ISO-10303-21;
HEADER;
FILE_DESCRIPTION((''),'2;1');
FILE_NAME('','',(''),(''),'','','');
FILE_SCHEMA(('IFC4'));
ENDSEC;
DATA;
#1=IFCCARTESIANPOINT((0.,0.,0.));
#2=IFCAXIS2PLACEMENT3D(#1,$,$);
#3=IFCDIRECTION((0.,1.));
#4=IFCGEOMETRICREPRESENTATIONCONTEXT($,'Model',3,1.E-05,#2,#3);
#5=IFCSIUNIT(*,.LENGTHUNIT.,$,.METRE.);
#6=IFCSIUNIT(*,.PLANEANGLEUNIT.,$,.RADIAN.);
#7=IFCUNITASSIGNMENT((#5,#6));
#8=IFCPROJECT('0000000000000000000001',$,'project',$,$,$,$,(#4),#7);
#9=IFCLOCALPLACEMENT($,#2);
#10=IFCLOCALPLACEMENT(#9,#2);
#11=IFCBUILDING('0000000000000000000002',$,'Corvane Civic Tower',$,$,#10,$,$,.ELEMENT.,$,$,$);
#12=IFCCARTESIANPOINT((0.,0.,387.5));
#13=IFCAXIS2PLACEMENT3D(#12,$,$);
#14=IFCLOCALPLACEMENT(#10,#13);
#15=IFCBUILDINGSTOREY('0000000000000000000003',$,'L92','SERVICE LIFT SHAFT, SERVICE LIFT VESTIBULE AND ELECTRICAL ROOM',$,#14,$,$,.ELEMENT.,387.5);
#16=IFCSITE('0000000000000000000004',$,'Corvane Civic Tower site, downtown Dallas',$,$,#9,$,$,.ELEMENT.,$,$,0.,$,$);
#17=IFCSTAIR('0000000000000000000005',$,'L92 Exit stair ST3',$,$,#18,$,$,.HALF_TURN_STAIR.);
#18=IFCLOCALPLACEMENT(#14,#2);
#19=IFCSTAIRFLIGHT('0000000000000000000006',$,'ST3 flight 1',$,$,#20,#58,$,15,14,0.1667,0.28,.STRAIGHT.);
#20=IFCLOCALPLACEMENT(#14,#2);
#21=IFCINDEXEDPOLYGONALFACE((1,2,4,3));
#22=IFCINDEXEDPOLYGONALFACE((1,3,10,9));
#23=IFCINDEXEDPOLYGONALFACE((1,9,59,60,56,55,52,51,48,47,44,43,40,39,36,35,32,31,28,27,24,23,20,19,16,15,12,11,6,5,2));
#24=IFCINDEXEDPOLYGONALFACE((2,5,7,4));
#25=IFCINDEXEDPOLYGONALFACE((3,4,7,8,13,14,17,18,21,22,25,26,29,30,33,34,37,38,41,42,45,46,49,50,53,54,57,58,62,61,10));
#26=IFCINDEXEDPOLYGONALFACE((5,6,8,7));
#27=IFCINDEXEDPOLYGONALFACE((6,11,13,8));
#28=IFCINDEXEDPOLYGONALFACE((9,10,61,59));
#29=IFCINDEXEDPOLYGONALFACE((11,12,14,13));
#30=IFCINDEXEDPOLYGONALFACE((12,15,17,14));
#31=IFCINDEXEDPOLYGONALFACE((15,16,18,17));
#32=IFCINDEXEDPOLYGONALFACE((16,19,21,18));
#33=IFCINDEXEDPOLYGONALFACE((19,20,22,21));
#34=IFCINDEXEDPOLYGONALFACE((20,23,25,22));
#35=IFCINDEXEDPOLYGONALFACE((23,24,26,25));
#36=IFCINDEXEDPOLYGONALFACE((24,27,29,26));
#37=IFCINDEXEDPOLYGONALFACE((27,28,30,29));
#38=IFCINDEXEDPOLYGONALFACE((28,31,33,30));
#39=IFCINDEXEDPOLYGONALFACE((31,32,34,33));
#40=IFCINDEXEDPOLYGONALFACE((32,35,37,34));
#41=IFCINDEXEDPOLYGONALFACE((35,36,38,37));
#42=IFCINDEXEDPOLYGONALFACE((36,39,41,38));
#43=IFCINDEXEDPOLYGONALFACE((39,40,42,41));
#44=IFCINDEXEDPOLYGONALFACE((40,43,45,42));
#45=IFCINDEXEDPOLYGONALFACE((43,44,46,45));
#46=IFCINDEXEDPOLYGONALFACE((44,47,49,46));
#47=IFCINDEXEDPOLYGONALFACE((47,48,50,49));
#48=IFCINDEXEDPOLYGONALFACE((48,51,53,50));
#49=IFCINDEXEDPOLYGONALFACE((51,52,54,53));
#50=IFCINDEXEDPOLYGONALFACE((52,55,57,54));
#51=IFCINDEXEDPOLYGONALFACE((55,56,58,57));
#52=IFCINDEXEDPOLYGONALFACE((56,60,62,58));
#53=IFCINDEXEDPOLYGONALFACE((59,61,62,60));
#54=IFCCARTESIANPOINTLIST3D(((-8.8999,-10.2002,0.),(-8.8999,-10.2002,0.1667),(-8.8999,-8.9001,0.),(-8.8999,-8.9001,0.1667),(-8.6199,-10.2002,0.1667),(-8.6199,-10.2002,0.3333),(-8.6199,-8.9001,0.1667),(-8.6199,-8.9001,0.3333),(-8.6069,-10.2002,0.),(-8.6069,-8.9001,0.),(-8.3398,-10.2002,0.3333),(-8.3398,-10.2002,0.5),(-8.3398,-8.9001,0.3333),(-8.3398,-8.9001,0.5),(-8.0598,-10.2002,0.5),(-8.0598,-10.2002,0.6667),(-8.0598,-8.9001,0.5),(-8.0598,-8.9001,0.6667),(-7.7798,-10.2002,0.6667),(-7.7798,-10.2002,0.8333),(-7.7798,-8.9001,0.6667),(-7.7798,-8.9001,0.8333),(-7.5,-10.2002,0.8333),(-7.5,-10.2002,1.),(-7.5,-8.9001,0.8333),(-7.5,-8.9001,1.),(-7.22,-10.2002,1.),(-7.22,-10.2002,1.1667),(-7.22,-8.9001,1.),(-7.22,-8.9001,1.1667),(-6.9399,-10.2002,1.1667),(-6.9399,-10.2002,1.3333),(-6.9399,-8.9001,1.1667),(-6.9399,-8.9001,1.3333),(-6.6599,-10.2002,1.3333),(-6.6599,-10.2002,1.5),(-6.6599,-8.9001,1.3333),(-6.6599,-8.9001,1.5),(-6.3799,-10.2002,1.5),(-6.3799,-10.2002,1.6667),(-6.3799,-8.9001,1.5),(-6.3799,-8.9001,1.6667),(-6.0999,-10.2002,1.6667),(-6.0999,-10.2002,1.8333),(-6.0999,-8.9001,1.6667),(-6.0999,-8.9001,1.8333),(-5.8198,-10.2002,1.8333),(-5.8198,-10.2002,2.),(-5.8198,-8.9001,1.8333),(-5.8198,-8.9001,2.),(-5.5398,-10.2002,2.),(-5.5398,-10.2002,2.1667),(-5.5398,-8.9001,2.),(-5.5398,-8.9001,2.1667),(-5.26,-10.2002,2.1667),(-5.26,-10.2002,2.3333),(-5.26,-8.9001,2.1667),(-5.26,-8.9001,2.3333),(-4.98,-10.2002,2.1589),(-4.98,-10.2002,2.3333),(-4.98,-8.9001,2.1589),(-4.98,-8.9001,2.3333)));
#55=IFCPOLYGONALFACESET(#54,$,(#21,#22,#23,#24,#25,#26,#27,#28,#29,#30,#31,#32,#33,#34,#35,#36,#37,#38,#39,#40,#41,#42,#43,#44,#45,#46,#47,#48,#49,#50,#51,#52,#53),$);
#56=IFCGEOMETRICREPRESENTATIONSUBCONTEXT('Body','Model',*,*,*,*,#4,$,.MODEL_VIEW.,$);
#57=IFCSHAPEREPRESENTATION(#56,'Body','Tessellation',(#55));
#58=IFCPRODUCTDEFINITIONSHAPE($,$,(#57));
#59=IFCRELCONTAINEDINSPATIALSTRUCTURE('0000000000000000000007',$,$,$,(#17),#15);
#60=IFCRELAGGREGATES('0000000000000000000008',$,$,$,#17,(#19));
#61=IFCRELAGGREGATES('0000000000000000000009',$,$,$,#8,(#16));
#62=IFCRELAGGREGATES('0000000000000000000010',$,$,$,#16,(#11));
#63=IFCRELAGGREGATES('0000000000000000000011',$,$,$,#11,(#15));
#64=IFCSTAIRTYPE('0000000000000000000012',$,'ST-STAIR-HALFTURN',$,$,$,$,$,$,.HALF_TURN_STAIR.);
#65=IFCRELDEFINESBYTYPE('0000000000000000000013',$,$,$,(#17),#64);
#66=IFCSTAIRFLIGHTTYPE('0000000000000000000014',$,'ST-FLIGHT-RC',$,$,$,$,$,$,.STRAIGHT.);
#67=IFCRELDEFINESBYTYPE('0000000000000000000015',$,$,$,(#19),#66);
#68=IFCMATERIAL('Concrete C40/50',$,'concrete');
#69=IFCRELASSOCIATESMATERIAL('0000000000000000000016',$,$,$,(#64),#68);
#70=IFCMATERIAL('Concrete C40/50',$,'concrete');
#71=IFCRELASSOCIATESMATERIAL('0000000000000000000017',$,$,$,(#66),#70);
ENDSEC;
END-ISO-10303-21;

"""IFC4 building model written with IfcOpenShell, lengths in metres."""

from ifc_helpers import new_model, si_unit, direction, frame, origin, place, context, subcontext, project, spatial, polyline, outline, extrude, material, type_object, element, aggregate, save


model = new_model("IFC4")

# Units and contexts
model_context = context("Model", 3, precision=1e-05, world=origin(), true_north=direction((0.0, 1.0)))
body_context = subcontext(model_context, "Body", "Model", "MODEL_VIEW")
ifc_project = project(units=[si_unit("LENGTHUNIT", "METRE"), si_unit("PLANEANGLEUNIT", "RADIAN")], contexts=[model_context])

# Site, building, storey
site_placement = place(None, origin())
site = spatial("IfcSite", under=ifc_project, at=site_placement, Name="Corvane Civic Tower site, downtown Dallas", CompositionType="ELEMENT", RefElevation=0.0)
building_placement = place(site_placement, origin())
building = spatial("IfcBuilding", under=site, at=building_placement, Name="Corvane Civic Tower", CompositionType="ELEMENT")
storey_placement = place(building_placement, frame((0.0, 0.0, 387.5)))
storey = spatial("IfcBuildingStorey", under=building, at=storey_placement, Name="L92", Description="SERVICE LIFT SHAFT, SERVICE LIFT VESTIBULE AND ELECTRICAL ROOM", CompositionType="ELEMENT", Elevation=387.5)

# Stair, stair flight
ifc_material_1 = material(Name="Concrete C40/50", Category="concrete")
stair_type = type_object("IfcStairType", Name="ST-STAIR-HALFTURN", PredefinedType="HALF_TURN_STAIR", material=ifc_material_1)
stair_placement = place(storey_placement, origin())
stair = element("IfcStair", 1, at=stair_placement, inside=storey, type_object=stair_type, Name="L92 Exit stair ST3", PredefinedType="HALF_TURN_STAIR")
ifc_material_2 = material(Name="Concrete C40/50", Category="concrete")
stair_flight_type = type_object("IfcStairFlightType", Name="ST-FLIGHT-RC", PredefinedType="STRAIGHT", material=ifc_material_2)
stair_flight_placement = place(storey_placement, frame((-8.8999, -9.55, 0.0), z_axis=(0.0, 0.0, 1.0), x_axis=(1.0, 0.0, 0.0)))
stair_flight = element("IfcStairFlight", 2, at=stair_flight_placement, type_object=stair_flight_type, Name="ST3 flight 1", NumberOfRisers=15, NumberOfTreads=14, PredefinedType="STRAIGHT", RiserHeight=0.1667, TreadLength=0.28, context=body_context, shape_type="SweptSolid", body=[
    extrude(outline(polyline([(0.0, 0.0), (0.0, 0.1667), (0.28, 0.1667), (0.28, 0.3333), (0.5601, 0.3333), (0.5601, 0.5), (0.8401, 0.5), (0.8401, 0.6667), (1.1201, 0.6667), (1.1201, 0.8333), (1.3999, 0.8333), (1.3999, 1.0), (1.6799, 1.0), (1.6799, 1.1667), (1.96, 1.1667), (1.96, 1.3333), (2.24, 1.3333), (2.24, 1.5), (2.52, 1.5), (2.52, 1.6667), (2.8, 1.6667), (2.8, 1.8333), (3.0801, 1.8333), (3.0801, 2.0), (3.3601, 2.0), (3.3601, 2.1667), (3.6399, 2.1667), (3.6399, 2.3333), (3.9199, 2.3333), (3.9199, 2.5), (3.9199, 2.1589), (0.293, 0.0), (0.0, 0.0)])), frame((0.0, 0.6499, 0.0), z_axis=(0.0, -1.0, 0.0), x_axis=(1.0, 0.0, 0.0)), (0.0, 0.0, 1.0), 1.3),
])
aggregate(stair, [stair_flight])

save(model, "model.ifc")
